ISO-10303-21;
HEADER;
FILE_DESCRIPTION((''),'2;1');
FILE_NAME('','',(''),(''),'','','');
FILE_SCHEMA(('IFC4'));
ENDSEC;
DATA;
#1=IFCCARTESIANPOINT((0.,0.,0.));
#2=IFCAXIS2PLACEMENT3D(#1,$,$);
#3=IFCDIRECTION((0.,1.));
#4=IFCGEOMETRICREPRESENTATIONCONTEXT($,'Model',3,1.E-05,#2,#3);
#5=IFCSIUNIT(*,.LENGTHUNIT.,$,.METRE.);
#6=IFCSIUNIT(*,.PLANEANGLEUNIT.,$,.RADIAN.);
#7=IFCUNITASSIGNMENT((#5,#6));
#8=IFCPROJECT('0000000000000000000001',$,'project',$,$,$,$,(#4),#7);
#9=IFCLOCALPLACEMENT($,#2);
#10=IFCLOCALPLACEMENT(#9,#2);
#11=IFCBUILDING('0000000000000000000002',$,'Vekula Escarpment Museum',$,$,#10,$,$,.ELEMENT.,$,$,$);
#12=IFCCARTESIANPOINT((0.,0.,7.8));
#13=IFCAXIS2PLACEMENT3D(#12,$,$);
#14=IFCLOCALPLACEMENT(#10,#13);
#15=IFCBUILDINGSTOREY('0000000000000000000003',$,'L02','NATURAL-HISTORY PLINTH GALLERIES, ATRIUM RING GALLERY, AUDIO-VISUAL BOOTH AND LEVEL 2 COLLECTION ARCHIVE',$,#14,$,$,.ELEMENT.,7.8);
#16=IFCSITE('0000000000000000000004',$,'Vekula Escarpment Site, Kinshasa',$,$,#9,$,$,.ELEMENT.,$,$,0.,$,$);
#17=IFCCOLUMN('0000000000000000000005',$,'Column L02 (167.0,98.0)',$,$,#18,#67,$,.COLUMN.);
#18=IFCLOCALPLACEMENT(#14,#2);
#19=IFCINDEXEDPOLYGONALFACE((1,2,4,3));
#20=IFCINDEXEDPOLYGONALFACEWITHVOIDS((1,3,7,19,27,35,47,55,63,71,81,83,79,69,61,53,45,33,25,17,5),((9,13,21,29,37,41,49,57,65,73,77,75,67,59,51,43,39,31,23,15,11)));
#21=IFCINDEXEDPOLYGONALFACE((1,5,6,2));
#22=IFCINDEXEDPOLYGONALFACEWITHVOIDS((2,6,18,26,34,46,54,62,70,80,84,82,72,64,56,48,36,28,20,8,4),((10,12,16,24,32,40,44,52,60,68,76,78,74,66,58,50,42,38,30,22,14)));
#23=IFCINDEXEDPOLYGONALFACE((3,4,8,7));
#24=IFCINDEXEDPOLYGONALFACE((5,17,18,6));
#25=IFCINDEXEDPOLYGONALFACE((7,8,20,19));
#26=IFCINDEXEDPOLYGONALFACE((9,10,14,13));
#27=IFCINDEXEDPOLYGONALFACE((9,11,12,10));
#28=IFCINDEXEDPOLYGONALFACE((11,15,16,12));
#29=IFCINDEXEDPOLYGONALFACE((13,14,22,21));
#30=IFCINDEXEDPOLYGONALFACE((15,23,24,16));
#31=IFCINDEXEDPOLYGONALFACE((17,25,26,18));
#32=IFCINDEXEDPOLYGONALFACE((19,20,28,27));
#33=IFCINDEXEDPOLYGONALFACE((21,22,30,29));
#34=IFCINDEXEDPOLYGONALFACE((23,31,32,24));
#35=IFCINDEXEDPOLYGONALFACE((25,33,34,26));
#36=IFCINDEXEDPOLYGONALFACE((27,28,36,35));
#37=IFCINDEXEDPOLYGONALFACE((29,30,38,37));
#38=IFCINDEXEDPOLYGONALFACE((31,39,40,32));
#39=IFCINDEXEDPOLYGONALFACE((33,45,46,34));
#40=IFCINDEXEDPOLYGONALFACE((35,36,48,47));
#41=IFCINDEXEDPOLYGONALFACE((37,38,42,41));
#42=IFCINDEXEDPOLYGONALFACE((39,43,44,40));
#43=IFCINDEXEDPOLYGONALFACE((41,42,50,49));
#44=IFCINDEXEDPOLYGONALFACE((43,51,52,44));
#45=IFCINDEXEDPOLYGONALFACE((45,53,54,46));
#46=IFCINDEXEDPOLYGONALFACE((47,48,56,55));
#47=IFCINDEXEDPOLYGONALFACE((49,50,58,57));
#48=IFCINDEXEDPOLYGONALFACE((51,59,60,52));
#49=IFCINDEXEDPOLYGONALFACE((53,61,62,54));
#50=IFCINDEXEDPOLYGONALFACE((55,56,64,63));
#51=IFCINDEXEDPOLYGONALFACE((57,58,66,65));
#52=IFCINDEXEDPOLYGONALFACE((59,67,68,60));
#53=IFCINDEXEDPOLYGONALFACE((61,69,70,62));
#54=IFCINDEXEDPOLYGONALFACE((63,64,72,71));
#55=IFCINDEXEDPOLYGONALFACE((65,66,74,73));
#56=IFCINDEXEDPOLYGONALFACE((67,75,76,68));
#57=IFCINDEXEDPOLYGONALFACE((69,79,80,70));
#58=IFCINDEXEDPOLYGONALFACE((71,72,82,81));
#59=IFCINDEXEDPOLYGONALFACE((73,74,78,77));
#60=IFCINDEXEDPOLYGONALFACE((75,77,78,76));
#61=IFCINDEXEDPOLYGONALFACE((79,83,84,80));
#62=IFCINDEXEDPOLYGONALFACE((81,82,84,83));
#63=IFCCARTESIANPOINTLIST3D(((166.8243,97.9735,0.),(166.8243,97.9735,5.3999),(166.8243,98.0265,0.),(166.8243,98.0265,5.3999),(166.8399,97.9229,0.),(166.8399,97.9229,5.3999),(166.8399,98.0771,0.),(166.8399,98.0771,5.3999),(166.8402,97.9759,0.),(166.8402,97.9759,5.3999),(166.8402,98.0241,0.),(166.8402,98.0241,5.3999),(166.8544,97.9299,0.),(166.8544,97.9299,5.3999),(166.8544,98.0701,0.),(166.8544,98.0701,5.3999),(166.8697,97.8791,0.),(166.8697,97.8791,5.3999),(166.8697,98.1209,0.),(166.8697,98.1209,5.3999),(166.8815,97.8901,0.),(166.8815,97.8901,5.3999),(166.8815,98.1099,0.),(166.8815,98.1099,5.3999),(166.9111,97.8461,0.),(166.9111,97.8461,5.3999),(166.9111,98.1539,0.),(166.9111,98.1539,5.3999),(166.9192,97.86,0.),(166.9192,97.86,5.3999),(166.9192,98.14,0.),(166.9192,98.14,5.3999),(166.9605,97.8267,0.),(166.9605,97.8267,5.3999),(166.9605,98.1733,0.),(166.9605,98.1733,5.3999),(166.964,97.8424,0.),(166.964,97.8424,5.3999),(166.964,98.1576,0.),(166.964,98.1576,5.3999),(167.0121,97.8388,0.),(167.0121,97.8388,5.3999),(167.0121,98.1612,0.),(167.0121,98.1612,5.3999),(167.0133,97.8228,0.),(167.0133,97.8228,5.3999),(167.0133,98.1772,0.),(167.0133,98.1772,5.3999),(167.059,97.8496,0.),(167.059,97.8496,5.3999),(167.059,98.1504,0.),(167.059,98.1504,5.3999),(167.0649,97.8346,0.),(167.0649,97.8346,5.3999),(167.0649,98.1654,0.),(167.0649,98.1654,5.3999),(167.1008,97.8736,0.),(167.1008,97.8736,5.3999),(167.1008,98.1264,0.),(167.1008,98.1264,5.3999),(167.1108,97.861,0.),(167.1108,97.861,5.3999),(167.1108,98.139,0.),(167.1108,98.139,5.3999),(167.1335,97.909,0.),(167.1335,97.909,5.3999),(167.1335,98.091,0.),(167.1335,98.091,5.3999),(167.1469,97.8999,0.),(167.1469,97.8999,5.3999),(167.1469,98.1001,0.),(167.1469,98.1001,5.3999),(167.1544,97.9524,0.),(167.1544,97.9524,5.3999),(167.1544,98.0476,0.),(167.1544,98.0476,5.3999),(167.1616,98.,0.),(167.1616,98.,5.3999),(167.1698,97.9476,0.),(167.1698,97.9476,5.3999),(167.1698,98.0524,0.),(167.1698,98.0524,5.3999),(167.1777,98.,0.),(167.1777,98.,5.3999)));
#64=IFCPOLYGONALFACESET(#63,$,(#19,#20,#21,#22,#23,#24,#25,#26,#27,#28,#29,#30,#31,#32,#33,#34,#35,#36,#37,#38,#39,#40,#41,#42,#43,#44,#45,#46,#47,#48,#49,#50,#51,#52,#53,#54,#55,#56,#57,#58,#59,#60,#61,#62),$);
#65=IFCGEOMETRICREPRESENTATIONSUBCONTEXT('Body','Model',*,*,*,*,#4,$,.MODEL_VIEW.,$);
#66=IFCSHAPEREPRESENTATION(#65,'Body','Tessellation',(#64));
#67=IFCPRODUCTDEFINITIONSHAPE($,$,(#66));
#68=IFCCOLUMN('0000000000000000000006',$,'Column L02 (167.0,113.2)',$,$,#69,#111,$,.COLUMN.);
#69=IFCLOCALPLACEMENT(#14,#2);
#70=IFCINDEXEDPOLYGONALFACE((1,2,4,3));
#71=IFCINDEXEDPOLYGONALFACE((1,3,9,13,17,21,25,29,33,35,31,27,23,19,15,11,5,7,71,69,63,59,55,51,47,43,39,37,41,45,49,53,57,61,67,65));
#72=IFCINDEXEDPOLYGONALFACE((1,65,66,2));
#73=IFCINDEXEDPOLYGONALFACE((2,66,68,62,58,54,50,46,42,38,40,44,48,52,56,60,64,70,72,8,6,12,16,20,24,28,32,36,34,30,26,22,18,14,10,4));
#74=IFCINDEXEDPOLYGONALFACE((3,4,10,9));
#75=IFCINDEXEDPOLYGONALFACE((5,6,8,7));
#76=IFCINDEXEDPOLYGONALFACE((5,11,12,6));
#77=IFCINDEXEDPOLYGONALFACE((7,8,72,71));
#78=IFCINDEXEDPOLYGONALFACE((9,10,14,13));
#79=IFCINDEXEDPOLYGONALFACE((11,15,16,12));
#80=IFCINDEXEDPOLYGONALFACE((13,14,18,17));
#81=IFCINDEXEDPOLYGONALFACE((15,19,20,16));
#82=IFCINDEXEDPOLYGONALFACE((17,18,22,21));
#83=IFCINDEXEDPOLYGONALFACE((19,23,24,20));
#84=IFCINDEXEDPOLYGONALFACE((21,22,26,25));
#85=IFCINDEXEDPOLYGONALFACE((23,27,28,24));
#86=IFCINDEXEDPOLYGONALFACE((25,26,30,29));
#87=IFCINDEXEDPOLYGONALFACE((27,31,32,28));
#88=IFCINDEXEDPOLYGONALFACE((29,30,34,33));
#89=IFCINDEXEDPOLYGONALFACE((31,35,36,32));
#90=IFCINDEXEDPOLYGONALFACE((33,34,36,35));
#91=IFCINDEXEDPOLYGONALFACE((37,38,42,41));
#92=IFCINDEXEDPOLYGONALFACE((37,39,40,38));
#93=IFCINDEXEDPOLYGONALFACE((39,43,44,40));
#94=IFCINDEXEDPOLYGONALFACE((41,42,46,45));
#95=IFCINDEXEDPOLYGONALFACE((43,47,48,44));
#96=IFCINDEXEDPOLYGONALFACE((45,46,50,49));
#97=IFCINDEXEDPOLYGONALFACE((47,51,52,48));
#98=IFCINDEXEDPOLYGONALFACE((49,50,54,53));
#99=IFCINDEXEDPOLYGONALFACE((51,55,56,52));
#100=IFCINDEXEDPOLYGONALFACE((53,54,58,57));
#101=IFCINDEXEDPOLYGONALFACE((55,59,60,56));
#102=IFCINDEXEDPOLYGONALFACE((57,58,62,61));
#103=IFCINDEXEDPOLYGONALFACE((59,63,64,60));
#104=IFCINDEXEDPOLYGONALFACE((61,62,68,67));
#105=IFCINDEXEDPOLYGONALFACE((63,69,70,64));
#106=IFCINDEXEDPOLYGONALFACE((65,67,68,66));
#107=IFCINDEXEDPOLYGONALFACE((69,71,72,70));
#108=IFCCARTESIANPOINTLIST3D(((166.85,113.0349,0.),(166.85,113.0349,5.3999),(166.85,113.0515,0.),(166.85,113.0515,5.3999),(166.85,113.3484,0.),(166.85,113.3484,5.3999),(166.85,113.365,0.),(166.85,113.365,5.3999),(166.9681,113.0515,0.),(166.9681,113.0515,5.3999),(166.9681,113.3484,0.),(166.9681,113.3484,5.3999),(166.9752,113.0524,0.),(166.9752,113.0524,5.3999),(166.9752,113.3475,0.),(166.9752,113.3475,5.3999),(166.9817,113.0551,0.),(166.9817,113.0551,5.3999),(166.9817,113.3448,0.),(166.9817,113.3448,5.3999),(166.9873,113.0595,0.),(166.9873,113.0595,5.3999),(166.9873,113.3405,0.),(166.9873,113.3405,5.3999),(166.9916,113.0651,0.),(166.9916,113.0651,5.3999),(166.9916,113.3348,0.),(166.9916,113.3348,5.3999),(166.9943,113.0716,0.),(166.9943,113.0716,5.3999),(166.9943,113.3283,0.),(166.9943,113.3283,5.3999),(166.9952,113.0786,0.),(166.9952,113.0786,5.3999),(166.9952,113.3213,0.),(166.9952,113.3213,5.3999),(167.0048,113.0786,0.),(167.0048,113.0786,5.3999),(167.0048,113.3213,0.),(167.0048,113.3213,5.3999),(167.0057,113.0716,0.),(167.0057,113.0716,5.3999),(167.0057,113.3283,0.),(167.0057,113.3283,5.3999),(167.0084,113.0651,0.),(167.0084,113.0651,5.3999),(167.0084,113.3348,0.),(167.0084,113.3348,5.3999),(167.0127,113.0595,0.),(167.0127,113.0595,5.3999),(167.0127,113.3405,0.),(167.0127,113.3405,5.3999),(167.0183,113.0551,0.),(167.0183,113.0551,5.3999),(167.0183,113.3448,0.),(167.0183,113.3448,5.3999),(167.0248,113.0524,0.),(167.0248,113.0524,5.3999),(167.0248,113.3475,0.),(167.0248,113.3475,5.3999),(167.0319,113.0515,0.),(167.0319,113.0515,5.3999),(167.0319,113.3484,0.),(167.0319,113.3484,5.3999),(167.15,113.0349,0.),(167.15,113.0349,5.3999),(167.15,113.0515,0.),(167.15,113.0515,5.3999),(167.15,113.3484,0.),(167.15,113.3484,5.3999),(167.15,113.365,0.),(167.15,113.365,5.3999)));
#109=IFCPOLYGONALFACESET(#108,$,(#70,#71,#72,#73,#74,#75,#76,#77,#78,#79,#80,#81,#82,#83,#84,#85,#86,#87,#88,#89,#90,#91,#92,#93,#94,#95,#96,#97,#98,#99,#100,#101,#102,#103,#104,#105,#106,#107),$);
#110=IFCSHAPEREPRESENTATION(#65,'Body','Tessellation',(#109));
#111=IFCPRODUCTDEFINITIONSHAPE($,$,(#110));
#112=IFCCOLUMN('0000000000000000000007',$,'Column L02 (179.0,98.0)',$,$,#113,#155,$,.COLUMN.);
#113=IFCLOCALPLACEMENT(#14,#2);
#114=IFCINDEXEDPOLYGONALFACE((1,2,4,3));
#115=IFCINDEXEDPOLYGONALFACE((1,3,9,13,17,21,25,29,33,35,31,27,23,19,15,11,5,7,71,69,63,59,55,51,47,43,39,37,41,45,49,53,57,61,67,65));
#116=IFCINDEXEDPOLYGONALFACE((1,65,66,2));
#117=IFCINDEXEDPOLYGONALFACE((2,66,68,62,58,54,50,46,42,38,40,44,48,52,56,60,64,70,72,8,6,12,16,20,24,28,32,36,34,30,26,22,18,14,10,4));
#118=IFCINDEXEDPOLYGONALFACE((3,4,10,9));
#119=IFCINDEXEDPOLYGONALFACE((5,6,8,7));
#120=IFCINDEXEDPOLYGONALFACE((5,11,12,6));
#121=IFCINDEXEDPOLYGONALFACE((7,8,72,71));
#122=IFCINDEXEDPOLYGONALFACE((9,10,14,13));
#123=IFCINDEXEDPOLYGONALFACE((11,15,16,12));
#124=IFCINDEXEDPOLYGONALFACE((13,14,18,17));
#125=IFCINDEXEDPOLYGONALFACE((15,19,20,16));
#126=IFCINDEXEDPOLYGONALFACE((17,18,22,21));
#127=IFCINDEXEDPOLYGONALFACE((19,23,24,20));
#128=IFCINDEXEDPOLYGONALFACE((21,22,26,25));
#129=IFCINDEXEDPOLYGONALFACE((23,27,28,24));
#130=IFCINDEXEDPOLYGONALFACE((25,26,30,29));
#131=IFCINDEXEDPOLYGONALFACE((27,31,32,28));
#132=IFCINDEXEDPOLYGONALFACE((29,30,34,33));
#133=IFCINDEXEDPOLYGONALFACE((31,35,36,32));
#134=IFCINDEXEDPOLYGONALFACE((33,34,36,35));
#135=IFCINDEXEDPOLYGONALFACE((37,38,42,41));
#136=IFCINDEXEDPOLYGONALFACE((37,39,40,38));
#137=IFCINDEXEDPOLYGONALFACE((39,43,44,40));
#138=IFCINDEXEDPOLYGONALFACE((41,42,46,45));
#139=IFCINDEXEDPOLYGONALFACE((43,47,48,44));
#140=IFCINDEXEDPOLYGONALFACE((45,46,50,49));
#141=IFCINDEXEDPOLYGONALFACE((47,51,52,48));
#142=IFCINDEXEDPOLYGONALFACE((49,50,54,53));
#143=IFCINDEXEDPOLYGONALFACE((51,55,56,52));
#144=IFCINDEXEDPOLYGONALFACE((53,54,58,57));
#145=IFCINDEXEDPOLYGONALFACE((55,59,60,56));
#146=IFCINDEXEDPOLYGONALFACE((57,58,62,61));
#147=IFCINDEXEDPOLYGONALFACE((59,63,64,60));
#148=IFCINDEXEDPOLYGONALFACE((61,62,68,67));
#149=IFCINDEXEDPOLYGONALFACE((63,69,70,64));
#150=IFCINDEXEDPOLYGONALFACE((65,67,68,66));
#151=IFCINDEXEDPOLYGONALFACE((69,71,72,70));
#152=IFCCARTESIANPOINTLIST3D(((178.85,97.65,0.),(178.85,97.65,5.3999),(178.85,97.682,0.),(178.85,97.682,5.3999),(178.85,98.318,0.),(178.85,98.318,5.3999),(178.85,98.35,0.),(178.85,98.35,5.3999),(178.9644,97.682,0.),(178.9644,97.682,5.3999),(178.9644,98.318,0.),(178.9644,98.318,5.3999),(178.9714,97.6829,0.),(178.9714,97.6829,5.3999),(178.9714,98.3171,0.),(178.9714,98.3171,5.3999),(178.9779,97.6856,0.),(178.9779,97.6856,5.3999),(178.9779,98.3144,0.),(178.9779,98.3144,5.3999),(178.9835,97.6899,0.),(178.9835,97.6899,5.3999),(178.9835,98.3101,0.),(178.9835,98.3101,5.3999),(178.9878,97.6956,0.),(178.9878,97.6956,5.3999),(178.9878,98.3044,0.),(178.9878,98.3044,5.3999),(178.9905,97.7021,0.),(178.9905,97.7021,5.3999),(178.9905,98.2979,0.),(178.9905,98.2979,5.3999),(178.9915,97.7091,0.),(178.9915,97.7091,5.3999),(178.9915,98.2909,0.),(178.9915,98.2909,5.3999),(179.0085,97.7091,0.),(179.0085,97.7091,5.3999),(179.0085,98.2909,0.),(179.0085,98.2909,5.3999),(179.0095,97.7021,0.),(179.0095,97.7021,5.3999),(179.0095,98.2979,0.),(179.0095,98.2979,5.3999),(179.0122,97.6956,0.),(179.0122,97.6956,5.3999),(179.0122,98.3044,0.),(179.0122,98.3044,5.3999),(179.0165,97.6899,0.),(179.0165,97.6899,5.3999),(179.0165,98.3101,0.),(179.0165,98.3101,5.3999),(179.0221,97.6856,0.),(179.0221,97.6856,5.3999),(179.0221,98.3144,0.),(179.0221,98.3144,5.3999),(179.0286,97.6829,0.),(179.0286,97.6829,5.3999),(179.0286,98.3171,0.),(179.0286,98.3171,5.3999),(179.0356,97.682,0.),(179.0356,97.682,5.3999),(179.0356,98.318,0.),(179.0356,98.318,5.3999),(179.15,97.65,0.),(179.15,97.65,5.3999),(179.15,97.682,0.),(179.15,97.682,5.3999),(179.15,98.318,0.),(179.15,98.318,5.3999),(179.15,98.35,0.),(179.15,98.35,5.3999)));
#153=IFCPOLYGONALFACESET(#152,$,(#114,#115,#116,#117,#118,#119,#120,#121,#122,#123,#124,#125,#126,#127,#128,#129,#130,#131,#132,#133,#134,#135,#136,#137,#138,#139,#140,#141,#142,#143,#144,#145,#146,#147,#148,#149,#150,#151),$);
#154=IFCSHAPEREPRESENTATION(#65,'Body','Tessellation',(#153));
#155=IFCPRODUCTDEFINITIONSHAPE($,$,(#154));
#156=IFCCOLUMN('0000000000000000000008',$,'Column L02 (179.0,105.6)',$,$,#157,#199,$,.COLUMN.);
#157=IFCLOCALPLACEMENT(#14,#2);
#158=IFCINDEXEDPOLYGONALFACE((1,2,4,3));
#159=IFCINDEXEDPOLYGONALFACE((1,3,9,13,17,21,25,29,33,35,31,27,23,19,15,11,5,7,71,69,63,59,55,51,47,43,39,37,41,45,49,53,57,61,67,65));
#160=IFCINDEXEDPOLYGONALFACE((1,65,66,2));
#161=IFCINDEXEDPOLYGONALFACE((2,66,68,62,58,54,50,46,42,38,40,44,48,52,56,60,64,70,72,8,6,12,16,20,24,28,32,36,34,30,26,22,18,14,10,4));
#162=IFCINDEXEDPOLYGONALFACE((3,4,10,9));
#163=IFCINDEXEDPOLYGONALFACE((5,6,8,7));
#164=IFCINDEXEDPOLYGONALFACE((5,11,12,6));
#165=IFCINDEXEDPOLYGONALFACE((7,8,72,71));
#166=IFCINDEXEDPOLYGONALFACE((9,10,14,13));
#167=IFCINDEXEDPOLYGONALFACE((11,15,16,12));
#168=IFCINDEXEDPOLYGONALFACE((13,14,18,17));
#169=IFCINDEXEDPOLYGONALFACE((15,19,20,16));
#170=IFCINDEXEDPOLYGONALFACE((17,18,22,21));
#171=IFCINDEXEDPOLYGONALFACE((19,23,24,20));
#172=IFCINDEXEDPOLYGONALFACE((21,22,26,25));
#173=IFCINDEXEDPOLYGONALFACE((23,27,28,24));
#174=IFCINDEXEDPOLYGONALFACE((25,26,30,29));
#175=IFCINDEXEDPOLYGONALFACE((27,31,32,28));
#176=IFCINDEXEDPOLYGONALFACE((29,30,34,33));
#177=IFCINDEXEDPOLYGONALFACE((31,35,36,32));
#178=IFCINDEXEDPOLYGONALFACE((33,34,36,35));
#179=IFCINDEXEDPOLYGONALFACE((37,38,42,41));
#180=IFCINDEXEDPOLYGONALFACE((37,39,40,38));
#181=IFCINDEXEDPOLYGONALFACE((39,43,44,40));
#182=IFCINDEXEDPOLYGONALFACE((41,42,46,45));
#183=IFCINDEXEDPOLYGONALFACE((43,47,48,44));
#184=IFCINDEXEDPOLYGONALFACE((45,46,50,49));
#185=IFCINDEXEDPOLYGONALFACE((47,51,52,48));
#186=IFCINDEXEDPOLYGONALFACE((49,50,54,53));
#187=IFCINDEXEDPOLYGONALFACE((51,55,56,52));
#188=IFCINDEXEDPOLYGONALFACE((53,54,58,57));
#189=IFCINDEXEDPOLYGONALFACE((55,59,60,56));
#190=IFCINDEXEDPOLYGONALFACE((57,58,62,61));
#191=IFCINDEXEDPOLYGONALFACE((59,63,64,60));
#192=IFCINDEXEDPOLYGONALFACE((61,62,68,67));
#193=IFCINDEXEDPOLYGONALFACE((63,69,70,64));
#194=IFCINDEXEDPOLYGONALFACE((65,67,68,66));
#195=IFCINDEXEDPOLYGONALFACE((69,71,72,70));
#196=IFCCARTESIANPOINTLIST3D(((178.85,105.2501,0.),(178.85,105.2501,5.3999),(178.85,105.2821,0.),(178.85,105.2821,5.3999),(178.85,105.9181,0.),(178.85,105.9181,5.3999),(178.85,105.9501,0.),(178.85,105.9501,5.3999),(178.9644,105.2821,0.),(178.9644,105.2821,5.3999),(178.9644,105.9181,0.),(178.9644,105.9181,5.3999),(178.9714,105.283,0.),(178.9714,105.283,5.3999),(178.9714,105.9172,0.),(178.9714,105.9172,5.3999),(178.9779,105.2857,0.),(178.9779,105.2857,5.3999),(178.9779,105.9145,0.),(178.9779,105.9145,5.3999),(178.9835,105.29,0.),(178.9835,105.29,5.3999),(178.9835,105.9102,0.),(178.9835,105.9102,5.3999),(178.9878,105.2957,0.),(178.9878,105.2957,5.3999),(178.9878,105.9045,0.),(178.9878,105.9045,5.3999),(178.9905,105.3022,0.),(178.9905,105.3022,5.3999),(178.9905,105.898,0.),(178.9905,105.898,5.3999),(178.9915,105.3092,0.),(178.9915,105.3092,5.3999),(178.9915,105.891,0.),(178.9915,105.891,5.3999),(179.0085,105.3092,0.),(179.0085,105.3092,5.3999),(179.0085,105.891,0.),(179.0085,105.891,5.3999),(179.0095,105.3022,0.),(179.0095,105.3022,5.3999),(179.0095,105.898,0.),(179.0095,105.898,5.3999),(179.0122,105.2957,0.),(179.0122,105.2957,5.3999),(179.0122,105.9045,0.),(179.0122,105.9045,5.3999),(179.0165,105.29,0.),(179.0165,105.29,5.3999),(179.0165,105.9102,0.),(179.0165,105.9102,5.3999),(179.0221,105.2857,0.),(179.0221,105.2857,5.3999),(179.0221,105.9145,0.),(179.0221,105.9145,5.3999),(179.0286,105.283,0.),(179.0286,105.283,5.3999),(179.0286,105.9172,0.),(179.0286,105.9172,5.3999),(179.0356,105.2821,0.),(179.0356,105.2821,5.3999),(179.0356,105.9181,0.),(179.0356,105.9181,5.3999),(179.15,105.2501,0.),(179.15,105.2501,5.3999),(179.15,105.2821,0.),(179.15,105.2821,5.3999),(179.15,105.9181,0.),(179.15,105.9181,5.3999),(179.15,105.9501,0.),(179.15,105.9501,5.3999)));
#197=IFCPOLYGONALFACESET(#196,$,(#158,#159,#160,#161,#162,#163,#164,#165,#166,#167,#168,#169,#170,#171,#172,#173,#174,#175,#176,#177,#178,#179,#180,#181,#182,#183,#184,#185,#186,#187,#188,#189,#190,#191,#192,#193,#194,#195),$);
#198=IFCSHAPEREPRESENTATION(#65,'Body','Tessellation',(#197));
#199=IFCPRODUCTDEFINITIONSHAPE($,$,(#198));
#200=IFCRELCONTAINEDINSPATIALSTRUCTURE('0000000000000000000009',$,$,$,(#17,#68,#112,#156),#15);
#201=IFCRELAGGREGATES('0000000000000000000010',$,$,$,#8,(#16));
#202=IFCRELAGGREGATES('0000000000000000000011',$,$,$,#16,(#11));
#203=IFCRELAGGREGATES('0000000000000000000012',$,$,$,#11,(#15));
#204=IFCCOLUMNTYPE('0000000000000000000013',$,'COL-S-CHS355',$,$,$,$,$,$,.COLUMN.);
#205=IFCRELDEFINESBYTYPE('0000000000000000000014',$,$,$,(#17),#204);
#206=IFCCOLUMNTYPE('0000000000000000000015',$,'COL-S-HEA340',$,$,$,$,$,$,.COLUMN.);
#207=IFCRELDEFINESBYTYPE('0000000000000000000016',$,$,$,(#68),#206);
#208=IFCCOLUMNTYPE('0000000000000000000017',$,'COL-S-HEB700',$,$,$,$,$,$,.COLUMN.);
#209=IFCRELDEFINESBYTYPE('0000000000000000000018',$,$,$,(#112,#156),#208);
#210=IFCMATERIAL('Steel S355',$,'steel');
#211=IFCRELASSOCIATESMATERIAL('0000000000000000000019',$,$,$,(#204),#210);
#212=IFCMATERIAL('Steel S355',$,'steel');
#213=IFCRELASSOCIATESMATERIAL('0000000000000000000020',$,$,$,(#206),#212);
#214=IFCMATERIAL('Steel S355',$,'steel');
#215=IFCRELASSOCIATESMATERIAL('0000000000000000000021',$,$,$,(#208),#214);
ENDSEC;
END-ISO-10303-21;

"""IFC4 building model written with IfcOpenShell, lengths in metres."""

from ifc_helpers import new_model, si_unit, direction, frame, origin, origin_2d, place, context, subcontext, project, spatial, hollow_circle, i_section, extrude, material, material_profile, profile_set, type_object, element, save


model = new_model("IFC4")

# Units and contexts
model_context = context("Model", 3, precision=1e-05, world=origin(), true_north=direction((0.0, 1.0)))
body_context = subcontext(model_context, "Body", "Model", "MODEL_VIEW")
ifc_project = project(units=[si_unit("LENGTHUNIT", "METRE"), si_unit("PLANEANGLEUNIT", "RADIAN")], contexts=[model_context])

# Site, building, storey
site_placement = place(None, origin())
site = spatial("IfcSite", under=ifc_project, at=site_placement, Name="Vekula Escarpment Site, Kinshasa", CompositionType="ELEMENT", RefElevation=0.0)
building_placement = place(site_placement, origin())
building = spatial("IfcBuilding", under=site, at=building_placement, Name="Vekula Escarpment Museum", CompositionType="ELEMENT")
storey_placement = place(building_placement, frame((0.0, 0.0, 7.8)))
storey = spatial("IfcBuildingStorey", under=building, at=storey_placement, Name="L02", Description="NATURAL-HISTORY PLINTH GALLERIES, ATRIUM RING GALLERY, AUDIO-VISUAL BOOTH AND LEVEL 2 COLLECTION ARCHIVE", CompositionType="ELEMENT", Elevation=7.8)

# Columns
ifc_material_1 = material(Name="Steel S355", Category="steel")
ifc_material_profile_1 = material_profile(ifc_material_1, hollow_circle(Radius=0.1777, WallThickness=0.0161, at=origin_2d()), Name="CHS 355.6x16")
ifc_profile_set_1 = profile_set([ifc_material_profile_1], Name="Steel S355")
column_type_1 = type_object("IfcColumnType", Name="COL-S-CHS355", PredefinedType="COLUMN", material=ifc_profile_set_1)
column_1_placement = place(storey_placement, frame((167.0, 98.0, 0.0), z_axis=(0.0, 0.0, 1.0), x_axis=(1.0, 0.0, 0.0)))
element("IfcColumn", 1, at=column_1_placement, inside=storey, type_object=column_type_1, Name="Column L02 (167.0,98.0)", PredefinedType="COLUMN", context=body_context, shape_type="SweptSolid", body=[
    extrude(hollow_circle(Radius=0.1777, WallThickness=0.0161, at=origin_2d()), origin(), (0.0, 0.0, 1.0), 5.3999),
])
ifc_material_2 = material(Name="Steel S355", Category="steel")
ifc_material_profile_2 = material_profile(ifc_material_2, i_section(OverallWidth=0.3, OverallDepth=0.3301, WebThickness=0.0095, FlangeThickness=0.0166, FilletRadius=0.0271, at=origin_2d()), Name="HEA 340")
ifc_profile_set_2 = profile_set([ifc_material_profile_2], Name="Steel S355")
column_type_2 = type_object("IfcColumnType", Name="COL-S-HEA340", PredefinedType="COLUMN", material=ifc_profile_set_2)
column_2_placement = place(storey_placement, frame((167.0, 113.2, 0.0), z_axis=(0.0, 0.0, 1.0), x_axis=(1.0, 0.0, 0.0)))
element("IfcColumn", 2, at=column_2_placement, inside=storey, type_object=column_type_2, Name="Column L02 (167.0,113.2)", PredefinedType="COLUMN", context=body_context, shape_type="SweptSolid", body=[
    extrude(i_section(OverallWidth=0.3, OverallDepth=0.3301, WebThickness=0.0095, FlangeThickness=0.0166, FilletRadius=0.0271, at=origin_2d()), origin(), (0.0, 0.0, 1.0), 5.3999),
])
ifc_material_3 = material(Name="Steel S355", Category="steel")
ifc_material_profile_3 = material_profile(ifc_material_3, i_section(OverallWidth=0.3, OverallDepth=0.7, WebThickness=0.0171, FlangeThickness=0.032, FilletRadius=0.0271, at=origin_2d()), Name="HEB 700")
ifc_profile_set_3 = profile_set([ifc_material_profile_3], Name="Steel S355")
column_type_3 = type_object("IfcColumnType", Name="COL-S-HEB700", PredefinedType="COLUMN", material=ifc_profile_set_3)
for number, where, z_axis, x_axis, name in (
    (3, (179.0, 98.0, 0.0), (0.0, 0.0, 1.0), (1.0, 0.0, 0.0), "Column L02 (179.0,98.0)"),
    (4, (179.0, 105.6001, 0.0), (0.0, 0.0, 1.0), (1.0, 0.0, 0.0), "Column L02 (179.0,105.6)"),
):
    element("IfcColumn", number, at=place(storey_placement, frame(where, z_axis=z_axis, x_axis=x_axis)), inside=storey, type_object=column_type_3, Name=name, PredefinedType="COLUMN", context=body_context, shape_type="SweptSolid", body=[
        extrude(i_section(OverallWidth=0.3, OverallDepth=0.7, WebThickness=0.0171, FlangeThickness=0.032, FilletRadius=0.0271, at=origin_2d()), origin(), (0.0, 0.0, 1.0), 5.3999),
    ])

save(model, "model.ifc")
